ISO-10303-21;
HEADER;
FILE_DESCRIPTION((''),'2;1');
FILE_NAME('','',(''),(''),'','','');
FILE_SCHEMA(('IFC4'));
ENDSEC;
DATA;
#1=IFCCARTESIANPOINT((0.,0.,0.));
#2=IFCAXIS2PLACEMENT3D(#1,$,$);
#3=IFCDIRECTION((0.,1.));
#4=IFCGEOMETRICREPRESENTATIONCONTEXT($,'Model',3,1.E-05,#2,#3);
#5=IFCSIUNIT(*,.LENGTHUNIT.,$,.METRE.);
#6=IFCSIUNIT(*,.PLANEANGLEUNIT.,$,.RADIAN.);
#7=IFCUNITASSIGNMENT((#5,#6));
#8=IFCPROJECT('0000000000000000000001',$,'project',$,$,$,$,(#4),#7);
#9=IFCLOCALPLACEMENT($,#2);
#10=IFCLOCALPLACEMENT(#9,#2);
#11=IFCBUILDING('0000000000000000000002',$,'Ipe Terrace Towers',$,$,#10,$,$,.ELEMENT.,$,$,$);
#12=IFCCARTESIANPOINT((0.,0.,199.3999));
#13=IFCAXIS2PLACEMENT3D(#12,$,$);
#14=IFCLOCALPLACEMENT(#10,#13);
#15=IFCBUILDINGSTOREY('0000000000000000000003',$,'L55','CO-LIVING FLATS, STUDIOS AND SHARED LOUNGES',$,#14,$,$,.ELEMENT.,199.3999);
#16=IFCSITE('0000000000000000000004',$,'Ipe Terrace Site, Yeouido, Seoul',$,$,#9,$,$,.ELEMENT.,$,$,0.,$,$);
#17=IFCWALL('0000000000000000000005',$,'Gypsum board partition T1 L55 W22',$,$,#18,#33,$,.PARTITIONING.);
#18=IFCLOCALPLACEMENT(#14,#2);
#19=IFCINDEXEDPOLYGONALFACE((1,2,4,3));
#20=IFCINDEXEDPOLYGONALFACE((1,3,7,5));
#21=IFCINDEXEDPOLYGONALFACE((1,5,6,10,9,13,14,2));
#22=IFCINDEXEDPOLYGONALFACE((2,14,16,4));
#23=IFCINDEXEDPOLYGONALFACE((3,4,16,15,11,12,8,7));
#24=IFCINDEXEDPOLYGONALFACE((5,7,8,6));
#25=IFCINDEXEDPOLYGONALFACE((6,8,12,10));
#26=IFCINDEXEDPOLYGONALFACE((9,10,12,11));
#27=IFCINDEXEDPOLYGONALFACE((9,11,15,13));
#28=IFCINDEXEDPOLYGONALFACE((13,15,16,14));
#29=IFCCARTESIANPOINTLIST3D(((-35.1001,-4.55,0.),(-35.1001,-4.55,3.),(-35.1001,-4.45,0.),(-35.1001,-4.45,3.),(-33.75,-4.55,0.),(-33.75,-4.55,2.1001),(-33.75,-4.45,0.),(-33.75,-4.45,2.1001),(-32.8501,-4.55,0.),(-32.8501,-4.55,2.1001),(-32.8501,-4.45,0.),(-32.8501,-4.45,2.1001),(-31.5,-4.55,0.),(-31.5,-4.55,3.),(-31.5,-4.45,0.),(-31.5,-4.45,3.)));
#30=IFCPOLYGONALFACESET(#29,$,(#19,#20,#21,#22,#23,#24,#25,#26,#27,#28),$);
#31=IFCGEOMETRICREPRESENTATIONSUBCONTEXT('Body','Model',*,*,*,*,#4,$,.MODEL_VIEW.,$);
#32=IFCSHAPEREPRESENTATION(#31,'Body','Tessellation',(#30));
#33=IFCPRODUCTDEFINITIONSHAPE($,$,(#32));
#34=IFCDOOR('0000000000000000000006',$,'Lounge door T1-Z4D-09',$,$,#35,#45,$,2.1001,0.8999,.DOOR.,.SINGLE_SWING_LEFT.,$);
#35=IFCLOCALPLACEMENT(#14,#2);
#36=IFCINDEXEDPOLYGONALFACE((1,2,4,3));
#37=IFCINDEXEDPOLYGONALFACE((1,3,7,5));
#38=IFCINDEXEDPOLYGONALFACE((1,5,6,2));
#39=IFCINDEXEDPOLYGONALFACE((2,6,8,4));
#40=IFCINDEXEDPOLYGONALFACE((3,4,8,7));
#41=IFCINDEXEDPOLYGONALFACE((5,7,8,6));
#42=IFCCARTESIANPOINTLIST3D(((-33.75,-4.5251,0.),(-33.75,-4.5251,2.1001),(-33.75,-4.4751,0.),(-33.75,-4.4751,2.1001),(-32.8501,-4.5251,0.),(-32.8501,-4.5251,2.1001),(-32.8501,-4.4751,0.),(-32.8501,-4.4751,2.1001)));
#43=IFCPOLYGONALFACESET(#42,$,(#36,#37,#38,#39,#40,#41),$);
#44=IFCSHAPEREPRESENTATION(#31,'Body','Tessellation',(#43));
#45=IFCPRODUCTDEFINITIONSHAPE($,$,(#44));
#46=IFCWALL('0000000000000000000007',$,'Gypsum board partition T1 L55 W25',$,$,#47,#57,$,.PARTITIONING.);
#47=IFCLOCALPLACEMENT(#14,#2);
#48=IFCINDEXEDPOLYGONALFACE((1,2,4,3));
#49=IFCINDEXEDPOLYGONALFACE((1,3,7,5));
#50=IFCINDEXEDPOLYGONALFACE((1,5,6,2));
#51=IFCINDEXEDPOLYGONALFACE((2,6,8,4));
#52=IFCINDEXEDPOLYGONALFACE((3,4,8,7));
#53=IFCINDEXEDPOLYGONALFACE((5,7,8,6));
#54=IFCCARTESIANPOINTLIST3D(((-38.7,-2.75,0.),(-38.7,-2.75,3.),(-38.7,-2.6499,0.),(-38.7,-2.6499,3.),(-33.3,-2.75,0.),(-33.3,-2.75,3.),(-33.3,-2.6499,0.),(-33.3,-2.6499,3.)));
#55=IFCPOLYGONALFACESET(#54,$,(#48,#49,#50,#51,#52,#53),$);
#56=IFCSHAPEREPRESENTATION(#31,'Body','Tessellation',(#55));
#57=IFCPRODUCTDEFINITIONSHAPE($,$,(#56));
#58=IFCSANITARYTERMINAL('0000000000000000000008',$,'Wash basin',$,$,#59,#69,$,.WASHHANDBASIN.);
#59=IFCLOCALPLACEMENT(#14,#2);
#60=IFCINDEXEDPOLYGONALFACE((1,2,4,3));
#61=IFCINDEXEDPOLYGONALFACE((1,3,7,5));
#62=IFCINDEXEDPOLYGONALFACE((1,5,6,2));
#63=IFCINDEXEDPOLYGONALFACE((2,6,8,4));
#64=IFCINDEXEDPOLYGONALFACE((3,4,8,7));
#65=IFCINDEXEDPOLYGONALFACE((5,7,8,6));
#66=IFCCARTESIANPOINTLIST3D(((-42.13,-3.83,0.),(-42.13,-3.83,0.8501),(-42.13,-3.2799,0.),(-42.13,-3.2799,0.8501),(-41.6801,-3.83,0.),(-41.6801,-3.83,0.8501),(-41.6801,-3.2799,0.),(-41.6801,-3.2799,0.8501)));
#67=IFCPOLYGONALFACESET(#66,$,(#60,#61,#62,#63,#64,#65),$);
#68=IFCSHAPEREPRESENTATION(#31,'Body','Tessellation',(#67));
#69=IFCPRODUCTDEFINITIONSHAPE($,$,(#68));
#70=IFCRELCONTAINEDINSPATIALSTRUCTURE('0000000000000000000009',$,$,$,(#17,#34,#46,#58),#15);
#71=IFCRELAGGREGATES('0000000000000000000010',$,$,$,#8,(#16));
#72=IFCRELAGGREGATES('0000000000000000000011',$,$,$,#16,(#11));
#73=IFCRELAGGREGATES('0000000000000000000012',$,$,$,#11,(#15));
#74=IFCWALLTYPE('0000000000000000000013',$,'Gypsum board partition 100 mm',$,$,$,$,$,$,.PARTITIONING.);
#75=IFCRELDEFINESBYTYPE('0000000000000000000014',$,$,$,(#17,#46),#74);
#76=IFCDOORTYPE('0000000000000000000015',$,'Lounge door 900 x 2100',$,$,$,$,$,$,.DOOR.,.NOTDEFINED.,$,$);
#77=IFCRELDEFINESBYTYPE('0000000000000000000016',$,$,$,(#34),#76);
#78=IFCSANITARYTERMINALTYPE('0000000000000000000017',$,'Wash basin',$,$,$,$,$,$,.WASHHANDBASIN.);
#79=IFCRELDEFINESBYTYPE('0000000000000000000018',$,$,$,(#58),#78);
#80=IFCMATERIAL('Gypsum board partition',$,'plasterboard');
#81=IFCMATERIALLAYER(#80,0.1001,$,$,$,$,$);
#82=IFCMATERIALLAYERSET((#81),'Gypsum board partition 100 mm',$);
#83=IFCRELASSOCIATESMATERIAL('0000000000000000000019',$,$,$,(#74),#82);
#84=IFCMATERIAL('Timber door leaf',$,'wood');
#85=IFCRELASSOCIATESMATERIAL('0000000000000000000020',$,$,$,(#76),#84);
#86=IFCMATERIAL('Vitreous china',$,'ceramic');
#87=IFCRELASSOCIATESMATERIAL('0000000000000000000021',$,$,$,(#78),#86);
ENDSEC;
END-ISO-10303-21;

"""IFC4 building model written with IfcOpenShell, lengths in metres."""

from ifc_helpers import new_model, si_unit, direction, frame, frame_2d, origin, origin_2d, place, context, subcontext, project, spatial, rectangle, extrude, material, layer, layer_set, type_object, element, fill, save


model = new_model("IFC4")

# Units and contexts
model_context = context("Model", 3, precision=1e-05, world=origin(), true_north=direction((0.0, 1.0)))
body_context = subcontext(model_context, "Body", "Model", "MODEL_VIEW")
ifc_project = project(units=[si_unit("LENGTHUNIT", "METRE"), si_unit("PLANEANGLEUNIT", "RADIAN")], contexts=[model_context])

# Site, building, storey
site_placement = place(None, origin())
site = spatial("IfcSite", under=ifc_project, at=site_placement, Name="Ipe Terrace Site, Yeouido, Seoul", CompositionType="ELEMENT", RefElevation=0.0)
building_placement = place(site_placement, origin())
building = spatial("IfcBuilding", under=site, at=building_placement, Name="Ipe Terrace Towers", CompositionType="ELEMENT")
storey_placement = place(building_placement, frame((0.0, 0.0, 199.3999)))
storey = spatial("IfcBuildingStorey", under=building, at=storey_placement, Name="L55", Description="CO-LIVING FLATS, STUDIOS AND SHARED LOUNGES", CompositionType="ELEMENT", Elevation=199.3999)

# Shared definitions
ifc_material_1 = material(Name="Gypsum board partition", Category="plasterboard")
ifc_layer_1 = layer(ifc_material_1, 0.1001)
ifc_layer_set_1 = layer_set([ifc_layer_1], Name="Gypsum board partition 100 mm")
wall_type_1 = type_object("IfcWallType", Name="Gypsum board partition 100 mm", PredefinedType="PARTITIONING", material=ifc_layer_set_1)

# Shared definitions
ifc_material_2 = material(Name="Timber door leaf", Category="wood")
door_type = type_object("IfcDoorType", Name="Lounge door 900 x 2100", OperationType="NOTDEFINED", PredefinedType="DOOR", material=ifc_material_2)

# Wall, opening, door
wall_1_placement = place(storey_placement, frame((-35.1001, -4.5, 0.0), z_axis=(0.0, 0.0, 1.0), x_axis=(1.0, 0.0, 0.0)))
wall_1 = element("IfcWall", 1, at=wall_1_placement, inside=storey, type_object=wall_type_1, Name="Gypsum board partition T1 L55 W22", PredefinedType="PARTITIONING", context=body_context, shape_type="SweptSolid", body=[
    extrude(rectangle(XDim=3.6001, YDim=0.1001, at=frame_2d((1.8, 0.0))), origin(), (0.0, 0.0, 1.0), 3.0),
])
opening_1_placement = place(wall_1_placement, frame((1.3501, 0.0, 0.0)))
opening_1 = element("IfcOpeningElement", 2, at=opening_1_placement, cuts=wall_1, PredefinedType="OPENING", context=body_context, shape_type="SweptSolid", body=[
    extrude(rectangle(XDim=0.8999, YDim=2.1001, at=frame_2d((0.45, 1.05))), frame((0.0, 0.0601, 0.0), z_axis=(0.0, -1.0, 0.0), x_axis=(1.0, 0.0, 0.0)), (0.0, 0.0, 1.0), 0.1201),
])
door_1_placement = place(opening_1_placement, origin())
door_1 = element("IfcDoor", 3, at=door_1_placement, inside=storey, type_object=door_type, Name="Lounge door T1-Z4D-09", OperationType="SINGLE_SWING_LEFT", OverallHeight=2.1001, OverallWidth=0.8999, PredefinedType="DOOR", context=body_context, shape_type="SweptSolid", body=[
    extrude(rectangle(XDim=0.8999, YDim=2.1001, at=frame_2d((0.45, 1.05))), frame((0.0, 0.0249, 0.0), z_axis=(0.0, -1.0, 0.0), x_axis=(1.0, 0.0, 0.0)), (0.0, 0.0, 1.0), 0.05),
])
fill(opening_1, door_1)

# Wall
wall_2_placement = place(storey_placement, frame((-38.7, -2.7, 0.0), z_axis=(0.0, 0.0, 1.0), x_axis=(1.0, 0.0, 0.0)))
element("IfcWall", 4, at=wall_2_placement, inside=storey, type_object=wall_type_1, Name="Gypsum board partition T1 L55 W25", PredefinedType="PARTITIONING", context=body_context, shape_type="SweptSolid", body=[
    extrude(rectangle(XDim=5.3999, YDim=0.1001, at=frame_2d((2.7, 0.0))), origin(), (0.0, 0.0, 1.0), 3.0),
])

# Sanitary terminal
ifc_material_3 = material(Name="Vitreous china", Category="ceramic")
sanitary_terminal_type = type_object("IfcSanitaryTerminalType", Name="Wash basin", PredefinedType="WASHHANDBASIN", material=ifc_material_3)
sanitary_terminal_placement = place(storey_placement, frame((-41.905, -3.5549, 0.0), z_axis=(0.0, 0.0, 1.0), x_axis=(0.0, 1.0, 0.0)))
element("IfcSanitaryTerminal", 5, at=sanitary_terminal_placement, inside=storey, type_object=sanitary_terminal_type, Name="Wash basin", PredefinedType="WASHHANDBASIN", context=body_context, shape_type="SweptSolid", body=[
    extrude(rectangle(XDim=0.55, YDim=0.45, at=origin_2d()), origin(), (0.0, 0.0, 1.0), 0.8501),
])

save(model, "model.ifc")
